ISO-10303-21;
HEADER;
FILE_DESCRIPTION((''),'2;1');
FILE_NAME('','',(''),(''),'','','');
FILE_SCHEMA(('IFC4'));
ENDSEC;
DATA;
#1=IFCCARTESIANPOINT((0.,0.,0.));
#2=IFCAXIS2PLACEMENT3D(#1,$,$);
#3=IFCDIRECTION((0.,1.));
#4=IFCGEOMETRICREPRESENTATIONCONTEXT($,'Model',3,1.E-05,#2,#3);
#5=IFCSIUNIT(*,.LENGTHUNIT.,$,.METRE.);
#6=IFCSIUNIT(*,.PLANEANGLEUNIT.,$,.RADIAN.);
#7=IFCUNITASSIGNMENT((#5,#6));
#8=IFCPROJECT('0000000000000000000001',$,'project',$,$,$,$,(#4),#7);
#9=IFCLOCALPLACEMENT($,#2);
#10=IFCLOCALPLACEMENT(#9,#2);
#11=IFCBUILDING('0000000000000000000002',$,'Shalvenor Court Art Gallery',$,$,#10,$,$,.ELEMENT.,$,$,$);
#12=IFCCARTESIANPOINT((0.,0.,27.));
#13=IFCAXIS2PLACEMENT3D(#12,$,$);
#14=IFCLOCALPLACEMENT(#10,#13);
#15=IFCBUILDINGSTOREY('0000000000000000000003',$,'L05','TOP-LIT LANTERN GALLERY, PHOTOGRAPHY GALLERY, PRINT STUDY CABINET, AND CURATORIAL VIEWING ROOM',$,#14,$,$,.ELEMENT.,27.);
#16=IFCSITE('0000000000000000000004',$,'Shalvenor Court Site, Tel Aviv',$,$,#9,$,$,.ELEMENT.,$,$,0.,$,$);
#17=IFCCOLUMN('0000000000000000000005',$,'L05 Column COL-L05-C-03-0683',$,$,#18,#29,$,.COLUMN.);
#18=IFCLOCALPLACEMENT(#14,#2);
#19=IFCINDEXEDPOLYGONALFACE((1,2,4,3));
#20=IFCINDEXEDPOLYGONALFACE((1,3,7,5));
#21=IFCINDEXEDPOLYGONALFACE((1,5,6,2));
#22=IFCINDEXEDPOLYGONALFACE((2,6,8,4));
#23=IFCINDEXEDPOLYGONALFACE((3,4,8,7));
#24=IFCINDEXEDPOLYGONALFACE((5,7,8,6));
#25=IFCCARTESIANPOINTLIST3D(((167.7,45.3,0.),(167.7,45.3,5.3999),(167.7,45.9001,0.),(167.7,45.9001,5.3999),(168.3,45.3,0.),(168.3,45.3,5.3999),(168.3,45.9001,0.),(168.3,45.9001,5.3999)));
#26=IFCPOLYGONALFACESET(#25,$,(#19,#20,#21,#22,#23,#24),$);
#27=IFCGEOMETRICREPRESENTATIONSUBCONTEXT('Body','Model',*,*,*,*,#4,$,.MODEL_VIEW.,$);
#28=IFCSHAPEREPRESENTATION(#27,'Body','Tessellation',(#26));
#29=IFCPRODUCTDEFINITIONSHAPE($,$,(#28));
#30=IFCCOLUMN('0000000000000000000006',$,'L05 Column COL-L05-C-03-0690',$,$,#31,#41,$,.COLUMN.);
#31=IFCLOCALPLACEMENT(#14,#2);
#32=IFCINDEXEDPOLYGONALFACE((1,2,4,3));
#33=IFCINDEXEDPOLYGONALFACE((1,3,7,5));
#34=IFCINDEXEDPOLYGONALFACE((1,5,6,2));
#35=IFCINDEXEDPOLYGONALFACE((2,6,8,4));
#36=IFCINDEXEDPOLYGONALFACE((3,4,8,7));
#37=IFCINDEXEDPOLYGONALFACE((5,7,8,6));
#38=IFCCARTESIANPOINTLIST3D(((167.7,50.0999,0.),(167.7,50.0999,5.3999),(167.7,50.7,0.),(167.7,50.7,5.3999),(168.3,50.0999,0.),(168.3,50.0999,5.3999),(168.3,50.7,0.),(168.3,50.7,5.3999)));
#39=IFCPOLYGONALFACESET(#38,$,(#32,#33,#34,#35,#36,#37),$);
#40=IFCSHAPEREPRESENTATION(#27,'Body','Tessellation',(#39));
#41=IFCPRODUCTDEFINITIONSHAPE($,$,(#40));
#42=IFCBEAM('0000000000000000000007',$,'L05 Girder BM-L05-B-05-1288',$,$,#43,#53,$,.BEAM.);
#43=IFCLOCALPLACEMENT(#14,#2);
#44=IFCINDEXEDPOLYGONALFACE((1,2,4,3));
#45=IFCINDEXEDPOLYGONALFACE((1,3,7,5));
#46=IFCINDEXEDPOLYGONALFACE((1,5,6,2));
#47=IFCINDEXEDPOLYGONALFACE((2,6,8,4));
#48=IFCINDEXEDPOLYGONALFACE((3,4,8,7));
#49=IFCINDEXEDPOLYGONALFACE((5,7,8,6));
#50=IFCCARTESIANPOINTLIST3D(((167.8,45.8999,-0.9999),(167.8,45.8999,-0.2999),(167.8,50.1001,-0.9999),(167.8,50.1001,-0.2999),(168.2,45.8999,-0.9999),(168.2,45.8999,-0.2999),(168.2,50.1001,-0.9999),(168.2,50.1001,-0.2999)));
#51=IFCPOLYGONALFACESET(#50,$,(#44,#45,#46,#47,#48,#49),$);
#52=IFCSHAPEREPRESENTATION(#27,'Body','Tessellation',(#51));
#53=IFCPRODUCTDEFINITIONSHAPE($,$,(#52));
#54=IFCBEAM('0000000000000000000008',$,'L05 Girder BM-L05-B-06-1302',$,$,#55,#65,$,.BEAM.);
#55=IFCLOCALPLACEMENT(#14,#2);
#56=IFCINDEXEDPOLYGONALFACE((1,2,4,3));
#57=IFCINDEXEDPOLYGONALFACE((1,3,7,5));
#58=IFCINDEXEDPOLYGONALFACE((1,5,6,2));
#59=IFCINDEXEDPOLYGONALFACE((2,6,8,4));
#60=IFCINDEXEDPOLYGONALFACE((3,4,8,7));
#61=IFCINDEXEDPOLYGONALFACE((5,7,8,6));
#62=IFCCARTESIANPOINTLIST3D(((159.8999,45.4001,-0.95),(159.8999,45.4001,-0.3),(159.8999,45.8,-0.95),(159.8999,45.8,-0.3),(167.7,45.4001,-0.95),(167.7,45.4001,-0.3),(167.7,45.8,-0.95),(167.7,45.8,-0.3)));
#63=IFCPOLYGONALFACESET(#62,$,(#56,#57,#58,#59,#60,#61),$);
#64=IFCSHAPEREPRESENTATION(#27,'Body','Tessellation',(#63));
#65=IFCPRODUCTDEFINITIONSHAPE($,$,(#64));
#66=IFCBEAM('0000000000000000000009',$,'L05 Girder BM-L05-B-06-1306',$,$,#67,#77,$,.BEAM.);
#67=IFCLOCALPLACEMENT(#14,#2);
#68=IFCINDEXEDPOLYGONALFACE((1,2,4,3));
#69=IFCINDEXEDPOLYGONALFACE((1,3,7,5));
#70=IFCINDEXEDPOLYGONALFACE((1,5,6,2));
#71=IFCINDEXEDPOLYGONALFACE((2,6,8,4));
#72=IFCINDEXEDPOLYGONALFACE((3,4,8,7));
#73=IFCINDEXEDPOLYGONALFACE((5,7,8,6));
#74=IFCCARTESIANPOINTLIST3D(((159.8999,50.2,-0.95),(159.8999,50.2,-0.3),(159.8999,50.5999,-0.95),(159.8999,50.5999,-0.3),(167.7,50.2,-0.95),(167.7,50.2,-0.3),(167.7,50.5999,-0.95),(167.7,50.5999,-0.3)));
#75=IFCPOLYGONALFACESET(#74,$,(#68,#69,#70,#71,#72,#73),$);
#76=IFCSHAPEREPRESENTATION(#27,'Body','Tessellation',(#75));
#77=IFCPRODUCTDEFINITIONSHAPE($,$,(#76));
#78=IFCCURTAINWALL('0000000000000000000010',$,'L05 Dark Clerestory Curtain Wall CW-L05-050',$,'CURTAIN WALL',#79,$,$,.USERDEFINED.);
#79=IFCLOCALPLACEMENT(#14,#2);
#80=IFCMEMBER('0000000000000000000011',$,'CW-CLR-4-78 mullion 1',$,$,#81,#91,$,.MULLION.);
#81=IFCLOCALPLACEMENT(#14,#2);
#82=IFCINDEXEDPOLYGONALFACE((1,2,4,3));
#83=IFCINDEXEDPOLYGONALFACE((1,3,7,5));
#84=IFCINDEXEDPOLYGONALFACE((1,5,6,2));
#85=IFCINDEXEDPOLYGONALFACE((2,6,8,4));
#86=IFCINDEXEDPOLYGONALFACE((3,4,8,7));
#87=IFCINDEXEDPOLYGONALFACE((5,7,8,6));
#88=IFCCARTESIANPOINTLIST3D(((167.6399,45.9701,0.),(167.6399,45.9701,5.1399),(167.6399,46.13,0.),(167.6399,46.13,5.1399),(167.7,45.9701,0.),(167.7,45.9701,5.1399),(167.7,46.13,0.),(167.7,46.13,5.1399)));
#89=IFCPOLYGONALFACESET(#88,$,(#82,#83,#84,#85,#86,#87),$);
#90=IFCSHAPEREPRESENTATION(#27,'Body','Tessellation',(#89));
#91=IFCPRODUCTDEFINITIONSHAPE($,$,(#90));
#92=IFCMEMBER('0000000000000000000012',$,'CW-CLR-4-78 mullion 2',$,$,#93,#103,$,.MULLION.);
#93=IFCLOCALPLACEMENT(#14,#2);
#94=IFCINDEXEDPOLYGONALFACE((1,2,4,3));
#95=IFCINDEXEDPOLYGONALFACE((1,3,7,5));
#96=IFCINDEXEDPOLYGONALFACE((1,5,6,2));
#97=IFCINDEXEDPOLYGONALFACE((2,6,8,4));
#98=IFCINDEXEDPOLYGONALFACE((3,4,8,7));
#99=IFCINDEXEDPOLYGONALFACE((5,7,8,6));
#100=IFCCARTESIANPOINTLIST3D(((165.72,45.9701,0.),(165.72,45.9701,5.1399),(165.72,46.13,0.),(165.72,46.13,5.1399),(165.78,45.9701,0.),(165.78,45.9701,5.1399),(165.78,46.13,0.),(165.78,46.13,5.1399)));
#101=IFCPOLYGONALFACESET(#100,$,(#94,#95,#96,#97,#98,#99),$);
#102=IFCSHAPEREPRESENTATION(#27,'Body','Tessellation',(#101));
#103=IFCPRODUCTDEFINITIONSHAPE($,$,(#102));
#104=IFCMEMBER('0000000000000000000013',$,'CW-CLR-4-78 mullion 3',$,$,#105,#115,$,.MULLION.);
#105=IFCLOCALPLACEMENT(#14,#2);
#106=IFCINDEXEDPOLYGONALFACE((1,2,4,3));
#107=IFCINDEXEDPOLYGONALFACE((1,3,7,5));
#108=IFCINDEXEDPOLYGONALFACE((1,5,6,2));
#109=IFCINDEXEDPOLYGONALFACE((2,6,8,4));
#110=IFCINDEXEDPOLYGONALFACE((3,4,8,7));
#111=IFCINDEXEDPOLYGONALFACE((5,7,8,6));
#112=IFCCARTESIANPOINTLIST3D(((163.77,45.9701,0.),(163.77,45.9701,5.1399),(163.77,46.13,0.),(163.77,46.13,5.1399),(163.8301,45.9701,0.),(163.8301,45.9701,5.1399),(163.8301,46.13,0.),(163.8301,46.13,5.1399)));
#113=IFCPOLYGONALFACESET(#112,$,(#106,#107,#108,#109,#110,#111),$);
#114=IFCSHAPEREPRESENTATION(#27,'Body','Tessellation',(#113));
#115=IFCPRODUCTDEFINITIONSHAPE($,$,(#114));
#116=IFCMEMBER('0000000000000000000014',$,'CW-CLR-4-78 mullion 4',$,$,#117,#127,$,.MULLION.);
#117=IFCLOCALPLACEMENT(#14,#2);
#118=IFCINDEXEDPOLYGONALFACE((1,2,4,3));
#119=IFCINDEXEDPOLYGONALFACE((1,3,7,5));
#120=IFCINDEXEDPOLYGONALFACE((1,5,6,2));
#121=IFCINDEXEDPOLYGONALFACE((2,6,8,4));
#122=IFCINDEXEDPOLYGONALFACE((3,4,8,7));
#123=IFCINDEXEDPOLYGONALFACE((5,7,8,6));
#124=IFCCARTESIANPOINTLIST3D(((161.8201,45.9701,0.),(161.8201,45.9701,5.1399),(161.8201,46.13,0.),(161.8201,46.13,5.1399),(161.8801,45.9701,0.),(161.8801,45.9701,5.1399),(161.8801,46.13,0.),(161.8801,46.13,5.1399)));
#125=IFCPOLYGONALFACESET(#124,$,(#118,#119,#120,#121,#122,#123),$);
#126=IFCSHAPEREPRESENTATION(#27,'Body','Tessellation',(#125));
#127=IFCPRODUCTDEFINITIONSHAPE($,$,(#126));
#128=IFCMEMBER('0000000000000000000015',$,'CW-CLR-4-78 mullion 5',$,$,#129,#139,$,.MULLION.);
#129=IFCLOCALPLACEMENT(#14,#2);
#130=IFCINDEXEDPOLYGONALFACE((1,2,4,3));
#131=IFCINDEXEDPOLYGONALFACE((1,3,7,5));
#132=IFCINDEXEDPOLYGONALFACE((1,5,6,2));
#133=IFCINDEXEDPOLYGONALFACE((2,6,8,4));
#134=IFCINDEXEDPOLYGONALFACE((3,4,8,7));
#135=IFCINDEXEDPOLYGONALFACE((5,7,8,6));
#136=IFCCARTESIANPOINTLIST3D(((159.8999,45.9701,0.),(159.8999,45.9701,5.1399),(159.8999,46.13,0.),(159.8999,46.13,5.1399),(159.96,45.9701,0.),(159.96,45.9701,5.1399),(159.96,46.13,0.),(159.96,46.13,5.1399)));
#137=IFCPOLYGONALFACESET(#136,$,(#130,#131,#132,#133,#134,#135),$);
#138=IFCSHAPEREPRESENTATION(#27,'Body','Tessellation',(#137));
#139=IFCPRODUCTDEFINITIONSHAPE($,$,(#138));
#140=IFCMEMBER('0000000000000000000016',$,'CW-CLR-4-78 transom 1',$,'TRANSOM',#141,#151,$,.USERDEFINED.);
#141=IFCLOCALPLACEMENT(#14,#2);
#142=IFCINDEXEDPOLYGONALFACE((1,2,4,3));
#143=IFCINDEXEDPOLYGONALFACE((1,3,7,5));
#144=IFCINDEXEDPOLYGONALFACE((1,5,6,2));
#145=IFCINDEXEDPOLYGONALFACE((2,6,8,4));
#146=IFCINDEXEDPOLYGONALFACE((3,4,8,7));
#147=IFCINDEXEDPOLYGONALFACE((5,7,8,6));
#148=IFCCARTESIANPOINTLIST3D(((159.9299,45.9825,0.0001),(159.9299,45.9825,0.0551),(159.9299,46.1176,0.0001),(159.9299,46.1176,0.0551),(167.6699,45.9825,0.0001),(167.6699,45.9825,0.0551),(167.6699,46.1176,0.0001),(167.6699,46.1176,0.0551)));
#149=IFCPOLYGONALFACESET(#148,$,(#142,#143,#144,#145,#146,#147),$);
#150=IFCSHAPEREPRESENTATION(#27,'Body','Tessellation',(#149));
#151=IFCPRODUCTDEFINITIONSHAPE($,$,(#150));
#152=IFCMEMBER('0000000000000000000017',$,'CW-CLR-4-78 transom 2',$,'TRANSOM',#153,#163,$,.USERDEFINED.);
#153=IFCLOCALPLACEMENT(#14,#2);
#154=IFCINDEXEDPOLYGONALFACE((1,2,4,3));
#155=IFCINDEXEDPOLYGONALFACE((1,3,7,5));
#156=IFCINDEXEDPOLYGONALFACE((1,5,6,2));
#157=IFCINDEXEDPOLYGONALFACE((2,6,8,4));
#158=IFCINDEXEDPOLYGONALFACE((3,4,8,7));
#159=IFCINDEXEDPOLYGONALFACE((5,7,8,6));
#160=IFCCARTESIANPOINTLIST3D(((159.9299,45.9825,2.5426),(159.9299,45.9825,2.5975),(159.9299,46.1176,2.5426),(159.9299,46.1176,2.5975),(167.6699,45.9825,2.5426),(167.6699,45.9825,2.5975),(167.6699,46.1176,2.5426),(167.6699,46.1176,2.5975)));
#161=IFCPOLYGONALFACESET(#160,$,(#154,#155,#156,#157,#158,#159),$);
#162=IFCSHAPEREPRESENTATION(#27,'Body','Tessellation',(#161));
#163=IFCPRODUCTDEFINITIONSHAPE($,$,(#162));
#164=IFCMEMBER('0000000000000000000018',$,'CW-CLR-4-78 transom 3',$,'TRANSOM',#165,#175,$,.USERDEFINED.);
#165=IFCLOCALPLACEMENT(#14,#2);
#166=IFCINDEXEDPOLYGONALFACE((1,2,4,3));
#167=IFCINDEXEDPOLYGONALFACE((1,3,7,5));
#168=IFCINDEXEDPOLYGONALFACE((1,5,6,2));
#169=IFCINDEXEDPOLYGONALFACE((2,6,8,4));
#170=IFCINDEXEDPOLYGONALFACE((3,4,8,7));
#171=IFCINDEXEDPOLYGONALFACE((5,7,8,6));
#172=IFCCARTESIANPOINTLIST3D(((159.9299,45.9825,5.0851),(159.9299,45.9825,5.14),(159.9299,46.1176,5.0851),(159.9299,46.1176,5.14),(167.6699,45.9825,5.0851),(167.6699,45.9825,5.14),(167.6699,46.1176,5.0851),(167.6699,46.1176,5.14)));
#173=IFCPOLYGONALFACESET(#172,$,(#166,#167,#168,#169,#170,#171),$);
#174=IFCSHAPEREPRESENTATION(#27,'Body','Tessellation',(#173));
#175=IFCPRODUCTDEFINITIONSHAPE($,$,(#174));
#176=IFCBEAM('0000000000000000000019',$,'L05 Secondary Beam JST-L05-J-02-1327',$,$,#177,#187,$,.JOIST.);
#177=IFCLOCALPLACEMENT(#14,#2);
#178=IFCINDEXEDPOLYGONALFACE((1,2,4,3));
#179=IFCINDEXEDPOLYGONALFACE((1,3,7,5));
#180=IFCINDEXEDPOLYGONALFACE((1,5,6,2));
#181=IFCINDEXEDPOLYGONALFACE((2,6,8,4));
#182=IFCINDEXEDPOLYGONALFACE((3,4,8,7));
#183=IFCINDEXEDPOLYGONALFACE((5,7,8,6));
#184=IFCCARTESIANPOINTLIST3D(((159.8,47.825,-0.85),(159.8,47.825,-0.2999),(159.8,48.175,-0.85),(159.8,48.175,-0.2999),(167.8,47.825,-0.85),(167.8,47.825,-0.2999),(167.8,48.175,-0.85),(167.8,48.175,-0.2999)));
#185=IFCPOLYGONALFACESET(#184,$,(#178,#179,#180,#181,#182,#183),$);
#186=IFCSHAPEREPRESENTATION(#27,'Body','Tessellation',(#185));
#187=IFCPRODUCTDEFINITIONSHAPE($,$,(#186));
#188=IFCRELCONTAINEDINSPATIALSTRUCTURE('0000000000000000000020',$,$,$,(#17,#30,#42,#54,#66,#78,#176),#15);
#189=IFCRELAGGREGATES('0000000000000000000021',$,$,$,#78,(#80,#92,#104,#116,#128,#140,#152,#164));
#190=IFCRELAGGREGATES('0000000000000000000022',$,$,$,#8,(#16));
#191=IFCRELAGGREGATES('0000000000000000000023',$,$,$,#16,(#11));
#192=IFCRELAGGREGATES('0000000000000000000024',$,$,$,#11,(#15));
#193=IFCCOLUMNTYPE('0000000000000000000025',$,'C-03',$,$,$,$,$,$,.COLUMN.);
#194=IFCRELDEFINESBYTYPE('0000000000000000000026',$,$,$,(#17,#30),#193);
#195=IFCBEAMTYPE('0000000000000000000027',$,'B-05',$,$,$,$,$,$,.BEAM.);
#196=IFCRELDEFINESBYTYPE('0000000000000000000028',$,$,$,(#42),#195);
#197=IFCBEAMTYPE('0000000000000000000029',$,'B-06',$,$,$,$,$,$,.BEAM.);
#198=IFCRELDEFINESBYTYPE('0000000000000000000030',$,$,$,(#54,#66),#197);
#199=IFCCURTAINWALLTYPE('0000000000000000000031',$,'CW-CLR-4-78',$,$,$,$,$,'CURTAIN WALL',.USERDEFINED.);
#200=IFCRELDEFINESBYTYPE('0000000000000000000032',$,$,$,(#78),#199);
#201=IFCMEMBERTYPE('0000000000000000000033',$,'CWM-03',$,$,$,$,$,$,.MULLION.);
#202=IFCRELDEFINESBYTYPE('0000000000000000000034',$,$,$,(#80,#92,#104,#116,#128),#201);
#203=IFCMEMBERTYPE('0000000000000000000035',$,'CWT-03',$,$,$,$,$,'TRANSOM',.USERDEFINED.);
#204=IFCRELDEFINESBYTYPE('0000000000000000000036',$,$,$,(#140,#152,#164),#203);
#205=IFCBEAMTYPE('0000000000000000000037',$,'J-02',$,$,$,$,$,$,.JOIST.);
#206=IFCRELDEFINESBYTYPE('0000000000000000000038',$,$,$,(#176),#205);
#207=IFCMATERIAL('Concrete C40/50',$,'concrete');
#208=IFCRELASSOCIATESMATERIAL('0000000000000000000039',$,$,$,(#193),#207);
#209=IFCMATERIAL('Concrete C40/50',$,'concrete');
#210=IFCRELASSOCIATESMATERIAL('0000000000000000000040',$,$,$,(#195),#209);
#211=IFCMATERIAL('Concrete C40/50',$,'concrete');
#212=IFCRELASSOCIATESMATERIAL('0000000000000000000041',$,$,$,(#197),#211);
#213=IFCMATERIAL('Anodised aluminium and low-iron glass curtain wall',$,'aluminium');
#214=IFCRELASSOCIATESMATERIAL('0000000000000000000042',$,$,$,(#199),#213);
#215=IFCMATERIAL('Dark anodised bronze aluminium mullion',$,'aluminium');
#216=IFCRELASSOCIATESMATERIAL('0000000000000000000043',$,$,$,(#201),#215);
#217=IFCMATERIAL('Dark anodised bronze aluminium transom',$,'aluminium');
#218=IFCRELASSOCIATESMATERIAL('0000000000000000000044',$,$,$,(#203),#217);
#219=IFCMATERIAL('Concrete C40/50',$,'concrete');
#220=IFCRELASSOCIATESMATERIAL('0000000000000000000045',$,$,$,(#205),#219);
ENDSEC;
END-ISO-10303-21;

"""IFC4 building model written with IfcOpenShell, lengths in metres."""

from ifc_helpers import new_model, si_unit, direction, frame, origin, origin_2d, place, context, subcontext, project, spatial, rectangle, extrude, material, material_profile, profile_set, type_object, element, aggregate, save


model = new_model("IFC4")

# Units and contexts
model_context = context("Model", 3, precision=1e-05, world=origin(), true_north=direction((0.0, 1.0)))
body_context = subcontext(model_context, "Body", "Model", "MODEL_VIEW")
ifc_project = project(units=[si_unit("LENGTHUNIT", "METRE"), si_unit("PLANEANGLEUNIT", "RADIAN")], contexts=[model_context])

# Site, building, storey
site_placement = place(None, origin())
site = spatial("IfcSite", under=ifc_project, at=site_placement, Name="Shalvenor Court Site, Tel Aviv", CompositionType="ELEMENT", RefElevation=0.0)
building_placement = place(site_placement, origin())
building = spatial("IfcBuilding", under=site, at=building_placement, Name="Shalvenor Court Art Gallery", CompositionType="ELEMENT")
storey_placement = place(building_placement, frame((0.0, 0.0, 27.0)))
storey = spatial("IfcBuildingStorey", under=building, at=storey_placement, Name="L05", Description="TOP-LIT LANTERN GALLERY, PHOTOGRAPHY GALLERY, PRINT STUDY CABINET, AND CURATORIAL VIEWING ROOM", CompositionType="ELEMENT", Elevation=27.0)

# Columns
ifc_material_1 = material(Name="Concrete C40/50", Category="concrete")
ifc_material_profile_1 = material_profile(ifc_material_1, rectangle(XDim=0.6001, YDim=0.6001, at=origin_2d()), Name="RC 600x600")
ifc_profile_set_1 = profile_set([ifc_material_profile_1], Name="Concrete C40/50")
column_type = type_object("IfcColumnType", Name="C-03", PredefinedType="COLUMN", material=ifc_profile_set_1)
for number, where, z_axis, x_axis, name in (
    (1, (168.0, 45.6001, 0.0), (0.0, 0.0, 1.0), (1.0, 0.0, 0.0), "L05 Column COL-L05-C-03-0683"),
    (2, (168.0, 50.3999, 0.0), (0.0, 0.0, 1.0), (1.0, 0.0, 0.0), "L05 Column COL-L05-C-03-0690"),
):
    element("IfcColumn", number, at=place(storey_placement, frame(where, z_axis=z_axis, x_axis=x_axis)), inside=storey, type_object=column_type, Name=name, PredefinedType="COLUMN", context=body_context, shape_type="SweptSolid", body=[
        extrude(rectangle(XDim=0.6001, YDim=0.6001, at=origin_2d()), origin(), (0.0, 0.0, 1.0), 5.3999),
    ])

# Beams
ifc_material_2 = material(Name="Concrete C40/50", Category="concrete")
ifc_material_profile_2 = material_profile(ifc_material_2, rectangle(XDim=0.3999, YDim=0.7, at=origin_2d()), Name="RC 400x700")
ifc_profile_set_2 = profile_set([ifc_material_profile_2], Name="Concrete C40/50")
beam_type_1 = type_object("IfcBeamType", Name="B-05", PredefinedType="BEAM", material=ifc_profile_set_2)
beam_placement = place(storey_placement, frame((168.0, 45.8999, -0.6499), z_axis=(0.0, 1.0, 0.0), x_axis=(-1.0, 0.0, 0.0)))
element("IfcBeam", 3, at=beam_placement, inside=storey, type_object=beam_type_1, Name="L05 Girder BM-L05-B-05-1288", PredefinedType="BEAM", context=body_context, shape_type="SweptSolid", body=[
    extrude(rectangle(XDim=0.3999, YDim=0.7, at=origin_2d()), origin(), (0.0, 0.0, 1.0), 4.2002),
])
ifc_material_3 = material(Name="Concrete C40/50", Category="concrete")
ifc_material_profile_3 = material_profile(ifc_material_3, rectangle(XDim=0.3999, YDim=0.6499, at=origin_2d()), Name="RC 400x650")
ifc_profile_set_3 = profile_set([ifc_material_profile_3], Name="Concrete C40/50")
beam_type_2 = type_object("IfcBeamType", Name="B-06", PredefinedType="BEAM", material=ifc_profile_set_3)
for number, where, z_axis, x_axis, name in (
    (4, (159.8999, 45.6001, -0.625), (1.0, 0.0, 0.0), (0.0, 1.0, 0.0), "L05 Girder BM-L05-B-06-1302"),
    (5, (159.8999, 50.3999, -0.625), (1.0, 0.0, 0.0), (0.0, 1.0, 0.0), "L05 Girder BM-L05-B-06-1306"),
):
    element("IfcBeam", number, at=place(storey_placement, frame(where, z_axis=z_axis, x_axis=x_axis)), inside=storey, type_object=beam_type_2, Name=name, PredefinedType="BEAM", context=body_context, shape_type="SweptSolid", body=[
        extrude(rectangle(XDim=0.3999, YDim=0.6499, at=origin_2d()), origin(), (0.0, 0.0, 1.0), 7.8),
    ])

# Curtain wall, members
ifc_material_4 = material(Name="Anodised aluminium and low-iron glass curtain wall", Category="aluminium")
curtain_wall_type = type_object("IfcCurtainWallType", Name="CW-CLR-4-78", ElementType="CURTAIN WALL", PredefinedType="USERDEFINED", material=ifc_material_4)
curtain_wall_placement = place(storey_placement, origin())
curtain_wall = element("IfcCurtainWall", 6, at=curtain_wall_placement, inside=storey, type_object=curtain_wall_type, Name="L05 Dark Clerestory Curtain Wall CW-L05-050", ObjectType="CURTAIN WALL", PredefinedType="USERDEFINED")
ifc_material_5 = material(Name="Dark anodised bronze aluminium mullion", Category="aluminium")
ifc_material_profile_4 = material_profile(ifc_material_5, rectangle(XDim=0.0601, YDim=0.1599, at=origin_2d()), Name="CWM-03")
ifc_profile_set_4 = profile_set([ifc_material_profile_4], Name="Dark anodised bronze aluminium mullion")
member_type_1 = type_object("IfcMemberType", Name="CWM-03", PredefinedType="MULLION", material=ifc_profile_set_4)
member_1_placement = place(storey_placement, frame((167.6699, 46.05, 0.0), z_axis=(0.0, 0.0, 1.0), x_axis=(-1.0, 0.0, 0.0)))
member_1 = element("IfcMember", 7, at=member_1_placement, type_object=member_type_1, Name="CW-CLR-4-78 mullion 1", PredefinedType="MULLION", context=body_context, shape_type="SweptSolid", body=[
    extrude(rectangle(XDim=0.0601, YDim=0.1599, at=origin_2d()), origin(), (0.0, 0.0, 1.0), 5.1399),
])
member_2_placement = place(storey_placement, frame((165.75, 46.05, 0.0), z_axis=(0.0, 0.0, 1.0), x_axis=(-1.0, 0.0, 0.0)))
member_2 = element("IfcMember", 8, at=member_2_placement, type_object=member_type_1, Name="CW-CLR-4-78 mullion 2", PredefinedType="MULLION", context=body_context, shape_type="SweptSolid", body=[
    extrude(rectangle(XDim=0.0601, YDim=0.1599, at=origin_2d()), origin(), (0.0, 0.0, 1.0), 5.1399),
])
member_3_placement = place(storey_placement, frame((163.8, 46.05, 0.0), z_axis=(0.0, 0.0, 1.0), x_axis=(-1.0, 0.0, 0.0)))
member_3 = element("IfcMember", 9, at=member_3_placement, type_object=member_type_1, Name="CW-CLR-4-78 mullion 3", PredefinedType="MULLION", context=body_context, shape_type="SweptSolid", body=[
    extrude(rectangle(XDim=0.0601, YDim=0.1599, at=origin_2d()), origin(), (0.0, 0.0, 1.0), 5.1399),
])
member_4_placement = place(storey_placement, frame((161.8501, 46.05, 0.0), z_axis=(0.0, 0.0, 1.0), x_axis=(-1.0, 0.0, 0.0)))
member_4 = element("IfcMember", 10, at=member_4_placement, type_object=member_type_1, Name="CW-CLR-4-78 mullion 4", PredefinedType="MULLION", context=body_context, shape_type="SweptSolid", body=[
    extrude(rectangle(XDim=0.0601, YDim=0.1599, at=origin_2d()), origin(), (0.0, 0.0, 1.0), 5.1399),
])
member_5_placement = place(storey_placement, frame((159.9299, 46.05, 0.0), z_axis=(0.0, 0.0, 1.0), x_axis=(-1.0, 0.0, 0.0)))
member_5 = element("IfcMember", 11, at=member_5_placement, type_object=member_type_1, Name="CW-CLR-4-78 mullion 5", PredefinedType="MULLION", context=body_context, shape_type="SweptSolid", body=[
    extrude(rectangle(XDim=0.0601, YDim=0.1599, at=origin_2d()), origin(), (0.0, 0.0, 1.0), 5.1399),
])
ifc_material_6 = material(Name="Dark anodised bronze aluminium transom", Category="aluminium")
ifc_material_profile_5 = material_profile(ifc_material_6, rectangle(XDim=0.135, YDim=0.0549, at=origin_2d()), Name="CWT-03")
ifc_profile_set_5 = profile_set([ifc_material_profile_5], Name="Dark anodised bronze aluminium transom")
member_type_2 = type_object("IfcMemberType", Name="CWT-03", ElementType="TRANSOM", PredefinedType="USERDEFINED", material=ifc_profile_set_5)
member_6_placement = place(storey_placement, frame((167.6699, 46.05, 0.0276), z_axis=(-1.0, 0.0, 0.0), x_axis=(0.0, -1.0, 0.0)))
member_6 = element("IfcMember", 12, at=member_6_placement, type_object=member_type_2, Name="CW-CLR-4-78 transom 1", ObjectType="TRANSOM", PredefinedType="USERDEFINED", context=body_context, shape_type="SweptSolid", body=[
    extrude(rectangle(XDim=0.135, YDim=0.0549, at=origin_2d()), origin(), (0.0, 0.0, 1.0), 7.74),
])
member_7_placement = place(storey_placement, frame((167.6699, 46.05, 2.5701), z_axis=(-1.0, 0.0, 0.0), x_axis=(0.0, -1.0, 0.0)))
member_7 = element("IfcMember", 13, at=member_7_placement, type_object=member_type_2, Name="CW-CLR-4-78 transom 2", ObjectType="TRANSOM", PredefinedType="USERDEFINED", context=body_context, shape_type="SweptSolid", body=[
    extrude(rectangle(XDim=0.135, YDim=0.0549, at=origin_2d()), origin(), (0.0, 0.0, 1.0), 7.74),
])
member_8_placement = place(storey_placement, frame((167.6699, 46.05, 5.1125), z_axis=(-1.0, 0.0, 0.0), x_axis=(0.0, -1.0, 0.0)))
member_8 = element("IfcMember", 14, at=member_8_placement, type_object=member_type_2, Name="CW-CLR-4-78 transom 3", ObjectType="TRANSOM", PredefinedType="USERDEFINED", context=body_context, shape_type="SweptSolid", body=[
    extrude(rectangle(XDim=0.135, YDim=0.0549, at=origin_2d()), origin(), (0.0, 0.0, 1.0), 7.74),
])

# Beam
ifc_material_7 = material(Name="Concrete C40/50", Category="concrete")
ifc_material_profile_6 = material_profile(ifc_material_7, rectangle(XDim=0.3501, YDim=0.55, at=origin_2d()), Name="RC 350x550")
ifc_profile_set_6 = profile_set([ifc_material_profile_6], Name="Concrete C40/50")
beam_type_3 = type_object("IfcBeamType", Name="J-02", PredefinedType="JOIST", material=ifc_profile_set_6)
for number, where, z_axis, x_axis, name in (
    (15, (159.8, 48.0, -0.575), (1.0, 0.0, 0.0), (0.0, 1.0, 0.0), "L05 Secondary Beam JST-L05-J-02-1327"),
):
    element("IfcBeam", number, at=place(storey_placement, frame(where, z_axis=z_axis, x_axis=x_axis)), inside=storey, type_object=beam_type_3, Name=name, PredefinedType="JOIST", context=body_context, shape_type="SweptSolid", body=[
        extrude(rectangle(XDim=0.3501, YDim=0.55, at=origin_2d()), origin(), (0.0, 0.0, 1.0), 8.0),
    ])

aggregate(curtain_wall, [member_1, member_2, member_3, member_4, member_5, member_6, member_7, member_8])

save(model, "model.ifc")
